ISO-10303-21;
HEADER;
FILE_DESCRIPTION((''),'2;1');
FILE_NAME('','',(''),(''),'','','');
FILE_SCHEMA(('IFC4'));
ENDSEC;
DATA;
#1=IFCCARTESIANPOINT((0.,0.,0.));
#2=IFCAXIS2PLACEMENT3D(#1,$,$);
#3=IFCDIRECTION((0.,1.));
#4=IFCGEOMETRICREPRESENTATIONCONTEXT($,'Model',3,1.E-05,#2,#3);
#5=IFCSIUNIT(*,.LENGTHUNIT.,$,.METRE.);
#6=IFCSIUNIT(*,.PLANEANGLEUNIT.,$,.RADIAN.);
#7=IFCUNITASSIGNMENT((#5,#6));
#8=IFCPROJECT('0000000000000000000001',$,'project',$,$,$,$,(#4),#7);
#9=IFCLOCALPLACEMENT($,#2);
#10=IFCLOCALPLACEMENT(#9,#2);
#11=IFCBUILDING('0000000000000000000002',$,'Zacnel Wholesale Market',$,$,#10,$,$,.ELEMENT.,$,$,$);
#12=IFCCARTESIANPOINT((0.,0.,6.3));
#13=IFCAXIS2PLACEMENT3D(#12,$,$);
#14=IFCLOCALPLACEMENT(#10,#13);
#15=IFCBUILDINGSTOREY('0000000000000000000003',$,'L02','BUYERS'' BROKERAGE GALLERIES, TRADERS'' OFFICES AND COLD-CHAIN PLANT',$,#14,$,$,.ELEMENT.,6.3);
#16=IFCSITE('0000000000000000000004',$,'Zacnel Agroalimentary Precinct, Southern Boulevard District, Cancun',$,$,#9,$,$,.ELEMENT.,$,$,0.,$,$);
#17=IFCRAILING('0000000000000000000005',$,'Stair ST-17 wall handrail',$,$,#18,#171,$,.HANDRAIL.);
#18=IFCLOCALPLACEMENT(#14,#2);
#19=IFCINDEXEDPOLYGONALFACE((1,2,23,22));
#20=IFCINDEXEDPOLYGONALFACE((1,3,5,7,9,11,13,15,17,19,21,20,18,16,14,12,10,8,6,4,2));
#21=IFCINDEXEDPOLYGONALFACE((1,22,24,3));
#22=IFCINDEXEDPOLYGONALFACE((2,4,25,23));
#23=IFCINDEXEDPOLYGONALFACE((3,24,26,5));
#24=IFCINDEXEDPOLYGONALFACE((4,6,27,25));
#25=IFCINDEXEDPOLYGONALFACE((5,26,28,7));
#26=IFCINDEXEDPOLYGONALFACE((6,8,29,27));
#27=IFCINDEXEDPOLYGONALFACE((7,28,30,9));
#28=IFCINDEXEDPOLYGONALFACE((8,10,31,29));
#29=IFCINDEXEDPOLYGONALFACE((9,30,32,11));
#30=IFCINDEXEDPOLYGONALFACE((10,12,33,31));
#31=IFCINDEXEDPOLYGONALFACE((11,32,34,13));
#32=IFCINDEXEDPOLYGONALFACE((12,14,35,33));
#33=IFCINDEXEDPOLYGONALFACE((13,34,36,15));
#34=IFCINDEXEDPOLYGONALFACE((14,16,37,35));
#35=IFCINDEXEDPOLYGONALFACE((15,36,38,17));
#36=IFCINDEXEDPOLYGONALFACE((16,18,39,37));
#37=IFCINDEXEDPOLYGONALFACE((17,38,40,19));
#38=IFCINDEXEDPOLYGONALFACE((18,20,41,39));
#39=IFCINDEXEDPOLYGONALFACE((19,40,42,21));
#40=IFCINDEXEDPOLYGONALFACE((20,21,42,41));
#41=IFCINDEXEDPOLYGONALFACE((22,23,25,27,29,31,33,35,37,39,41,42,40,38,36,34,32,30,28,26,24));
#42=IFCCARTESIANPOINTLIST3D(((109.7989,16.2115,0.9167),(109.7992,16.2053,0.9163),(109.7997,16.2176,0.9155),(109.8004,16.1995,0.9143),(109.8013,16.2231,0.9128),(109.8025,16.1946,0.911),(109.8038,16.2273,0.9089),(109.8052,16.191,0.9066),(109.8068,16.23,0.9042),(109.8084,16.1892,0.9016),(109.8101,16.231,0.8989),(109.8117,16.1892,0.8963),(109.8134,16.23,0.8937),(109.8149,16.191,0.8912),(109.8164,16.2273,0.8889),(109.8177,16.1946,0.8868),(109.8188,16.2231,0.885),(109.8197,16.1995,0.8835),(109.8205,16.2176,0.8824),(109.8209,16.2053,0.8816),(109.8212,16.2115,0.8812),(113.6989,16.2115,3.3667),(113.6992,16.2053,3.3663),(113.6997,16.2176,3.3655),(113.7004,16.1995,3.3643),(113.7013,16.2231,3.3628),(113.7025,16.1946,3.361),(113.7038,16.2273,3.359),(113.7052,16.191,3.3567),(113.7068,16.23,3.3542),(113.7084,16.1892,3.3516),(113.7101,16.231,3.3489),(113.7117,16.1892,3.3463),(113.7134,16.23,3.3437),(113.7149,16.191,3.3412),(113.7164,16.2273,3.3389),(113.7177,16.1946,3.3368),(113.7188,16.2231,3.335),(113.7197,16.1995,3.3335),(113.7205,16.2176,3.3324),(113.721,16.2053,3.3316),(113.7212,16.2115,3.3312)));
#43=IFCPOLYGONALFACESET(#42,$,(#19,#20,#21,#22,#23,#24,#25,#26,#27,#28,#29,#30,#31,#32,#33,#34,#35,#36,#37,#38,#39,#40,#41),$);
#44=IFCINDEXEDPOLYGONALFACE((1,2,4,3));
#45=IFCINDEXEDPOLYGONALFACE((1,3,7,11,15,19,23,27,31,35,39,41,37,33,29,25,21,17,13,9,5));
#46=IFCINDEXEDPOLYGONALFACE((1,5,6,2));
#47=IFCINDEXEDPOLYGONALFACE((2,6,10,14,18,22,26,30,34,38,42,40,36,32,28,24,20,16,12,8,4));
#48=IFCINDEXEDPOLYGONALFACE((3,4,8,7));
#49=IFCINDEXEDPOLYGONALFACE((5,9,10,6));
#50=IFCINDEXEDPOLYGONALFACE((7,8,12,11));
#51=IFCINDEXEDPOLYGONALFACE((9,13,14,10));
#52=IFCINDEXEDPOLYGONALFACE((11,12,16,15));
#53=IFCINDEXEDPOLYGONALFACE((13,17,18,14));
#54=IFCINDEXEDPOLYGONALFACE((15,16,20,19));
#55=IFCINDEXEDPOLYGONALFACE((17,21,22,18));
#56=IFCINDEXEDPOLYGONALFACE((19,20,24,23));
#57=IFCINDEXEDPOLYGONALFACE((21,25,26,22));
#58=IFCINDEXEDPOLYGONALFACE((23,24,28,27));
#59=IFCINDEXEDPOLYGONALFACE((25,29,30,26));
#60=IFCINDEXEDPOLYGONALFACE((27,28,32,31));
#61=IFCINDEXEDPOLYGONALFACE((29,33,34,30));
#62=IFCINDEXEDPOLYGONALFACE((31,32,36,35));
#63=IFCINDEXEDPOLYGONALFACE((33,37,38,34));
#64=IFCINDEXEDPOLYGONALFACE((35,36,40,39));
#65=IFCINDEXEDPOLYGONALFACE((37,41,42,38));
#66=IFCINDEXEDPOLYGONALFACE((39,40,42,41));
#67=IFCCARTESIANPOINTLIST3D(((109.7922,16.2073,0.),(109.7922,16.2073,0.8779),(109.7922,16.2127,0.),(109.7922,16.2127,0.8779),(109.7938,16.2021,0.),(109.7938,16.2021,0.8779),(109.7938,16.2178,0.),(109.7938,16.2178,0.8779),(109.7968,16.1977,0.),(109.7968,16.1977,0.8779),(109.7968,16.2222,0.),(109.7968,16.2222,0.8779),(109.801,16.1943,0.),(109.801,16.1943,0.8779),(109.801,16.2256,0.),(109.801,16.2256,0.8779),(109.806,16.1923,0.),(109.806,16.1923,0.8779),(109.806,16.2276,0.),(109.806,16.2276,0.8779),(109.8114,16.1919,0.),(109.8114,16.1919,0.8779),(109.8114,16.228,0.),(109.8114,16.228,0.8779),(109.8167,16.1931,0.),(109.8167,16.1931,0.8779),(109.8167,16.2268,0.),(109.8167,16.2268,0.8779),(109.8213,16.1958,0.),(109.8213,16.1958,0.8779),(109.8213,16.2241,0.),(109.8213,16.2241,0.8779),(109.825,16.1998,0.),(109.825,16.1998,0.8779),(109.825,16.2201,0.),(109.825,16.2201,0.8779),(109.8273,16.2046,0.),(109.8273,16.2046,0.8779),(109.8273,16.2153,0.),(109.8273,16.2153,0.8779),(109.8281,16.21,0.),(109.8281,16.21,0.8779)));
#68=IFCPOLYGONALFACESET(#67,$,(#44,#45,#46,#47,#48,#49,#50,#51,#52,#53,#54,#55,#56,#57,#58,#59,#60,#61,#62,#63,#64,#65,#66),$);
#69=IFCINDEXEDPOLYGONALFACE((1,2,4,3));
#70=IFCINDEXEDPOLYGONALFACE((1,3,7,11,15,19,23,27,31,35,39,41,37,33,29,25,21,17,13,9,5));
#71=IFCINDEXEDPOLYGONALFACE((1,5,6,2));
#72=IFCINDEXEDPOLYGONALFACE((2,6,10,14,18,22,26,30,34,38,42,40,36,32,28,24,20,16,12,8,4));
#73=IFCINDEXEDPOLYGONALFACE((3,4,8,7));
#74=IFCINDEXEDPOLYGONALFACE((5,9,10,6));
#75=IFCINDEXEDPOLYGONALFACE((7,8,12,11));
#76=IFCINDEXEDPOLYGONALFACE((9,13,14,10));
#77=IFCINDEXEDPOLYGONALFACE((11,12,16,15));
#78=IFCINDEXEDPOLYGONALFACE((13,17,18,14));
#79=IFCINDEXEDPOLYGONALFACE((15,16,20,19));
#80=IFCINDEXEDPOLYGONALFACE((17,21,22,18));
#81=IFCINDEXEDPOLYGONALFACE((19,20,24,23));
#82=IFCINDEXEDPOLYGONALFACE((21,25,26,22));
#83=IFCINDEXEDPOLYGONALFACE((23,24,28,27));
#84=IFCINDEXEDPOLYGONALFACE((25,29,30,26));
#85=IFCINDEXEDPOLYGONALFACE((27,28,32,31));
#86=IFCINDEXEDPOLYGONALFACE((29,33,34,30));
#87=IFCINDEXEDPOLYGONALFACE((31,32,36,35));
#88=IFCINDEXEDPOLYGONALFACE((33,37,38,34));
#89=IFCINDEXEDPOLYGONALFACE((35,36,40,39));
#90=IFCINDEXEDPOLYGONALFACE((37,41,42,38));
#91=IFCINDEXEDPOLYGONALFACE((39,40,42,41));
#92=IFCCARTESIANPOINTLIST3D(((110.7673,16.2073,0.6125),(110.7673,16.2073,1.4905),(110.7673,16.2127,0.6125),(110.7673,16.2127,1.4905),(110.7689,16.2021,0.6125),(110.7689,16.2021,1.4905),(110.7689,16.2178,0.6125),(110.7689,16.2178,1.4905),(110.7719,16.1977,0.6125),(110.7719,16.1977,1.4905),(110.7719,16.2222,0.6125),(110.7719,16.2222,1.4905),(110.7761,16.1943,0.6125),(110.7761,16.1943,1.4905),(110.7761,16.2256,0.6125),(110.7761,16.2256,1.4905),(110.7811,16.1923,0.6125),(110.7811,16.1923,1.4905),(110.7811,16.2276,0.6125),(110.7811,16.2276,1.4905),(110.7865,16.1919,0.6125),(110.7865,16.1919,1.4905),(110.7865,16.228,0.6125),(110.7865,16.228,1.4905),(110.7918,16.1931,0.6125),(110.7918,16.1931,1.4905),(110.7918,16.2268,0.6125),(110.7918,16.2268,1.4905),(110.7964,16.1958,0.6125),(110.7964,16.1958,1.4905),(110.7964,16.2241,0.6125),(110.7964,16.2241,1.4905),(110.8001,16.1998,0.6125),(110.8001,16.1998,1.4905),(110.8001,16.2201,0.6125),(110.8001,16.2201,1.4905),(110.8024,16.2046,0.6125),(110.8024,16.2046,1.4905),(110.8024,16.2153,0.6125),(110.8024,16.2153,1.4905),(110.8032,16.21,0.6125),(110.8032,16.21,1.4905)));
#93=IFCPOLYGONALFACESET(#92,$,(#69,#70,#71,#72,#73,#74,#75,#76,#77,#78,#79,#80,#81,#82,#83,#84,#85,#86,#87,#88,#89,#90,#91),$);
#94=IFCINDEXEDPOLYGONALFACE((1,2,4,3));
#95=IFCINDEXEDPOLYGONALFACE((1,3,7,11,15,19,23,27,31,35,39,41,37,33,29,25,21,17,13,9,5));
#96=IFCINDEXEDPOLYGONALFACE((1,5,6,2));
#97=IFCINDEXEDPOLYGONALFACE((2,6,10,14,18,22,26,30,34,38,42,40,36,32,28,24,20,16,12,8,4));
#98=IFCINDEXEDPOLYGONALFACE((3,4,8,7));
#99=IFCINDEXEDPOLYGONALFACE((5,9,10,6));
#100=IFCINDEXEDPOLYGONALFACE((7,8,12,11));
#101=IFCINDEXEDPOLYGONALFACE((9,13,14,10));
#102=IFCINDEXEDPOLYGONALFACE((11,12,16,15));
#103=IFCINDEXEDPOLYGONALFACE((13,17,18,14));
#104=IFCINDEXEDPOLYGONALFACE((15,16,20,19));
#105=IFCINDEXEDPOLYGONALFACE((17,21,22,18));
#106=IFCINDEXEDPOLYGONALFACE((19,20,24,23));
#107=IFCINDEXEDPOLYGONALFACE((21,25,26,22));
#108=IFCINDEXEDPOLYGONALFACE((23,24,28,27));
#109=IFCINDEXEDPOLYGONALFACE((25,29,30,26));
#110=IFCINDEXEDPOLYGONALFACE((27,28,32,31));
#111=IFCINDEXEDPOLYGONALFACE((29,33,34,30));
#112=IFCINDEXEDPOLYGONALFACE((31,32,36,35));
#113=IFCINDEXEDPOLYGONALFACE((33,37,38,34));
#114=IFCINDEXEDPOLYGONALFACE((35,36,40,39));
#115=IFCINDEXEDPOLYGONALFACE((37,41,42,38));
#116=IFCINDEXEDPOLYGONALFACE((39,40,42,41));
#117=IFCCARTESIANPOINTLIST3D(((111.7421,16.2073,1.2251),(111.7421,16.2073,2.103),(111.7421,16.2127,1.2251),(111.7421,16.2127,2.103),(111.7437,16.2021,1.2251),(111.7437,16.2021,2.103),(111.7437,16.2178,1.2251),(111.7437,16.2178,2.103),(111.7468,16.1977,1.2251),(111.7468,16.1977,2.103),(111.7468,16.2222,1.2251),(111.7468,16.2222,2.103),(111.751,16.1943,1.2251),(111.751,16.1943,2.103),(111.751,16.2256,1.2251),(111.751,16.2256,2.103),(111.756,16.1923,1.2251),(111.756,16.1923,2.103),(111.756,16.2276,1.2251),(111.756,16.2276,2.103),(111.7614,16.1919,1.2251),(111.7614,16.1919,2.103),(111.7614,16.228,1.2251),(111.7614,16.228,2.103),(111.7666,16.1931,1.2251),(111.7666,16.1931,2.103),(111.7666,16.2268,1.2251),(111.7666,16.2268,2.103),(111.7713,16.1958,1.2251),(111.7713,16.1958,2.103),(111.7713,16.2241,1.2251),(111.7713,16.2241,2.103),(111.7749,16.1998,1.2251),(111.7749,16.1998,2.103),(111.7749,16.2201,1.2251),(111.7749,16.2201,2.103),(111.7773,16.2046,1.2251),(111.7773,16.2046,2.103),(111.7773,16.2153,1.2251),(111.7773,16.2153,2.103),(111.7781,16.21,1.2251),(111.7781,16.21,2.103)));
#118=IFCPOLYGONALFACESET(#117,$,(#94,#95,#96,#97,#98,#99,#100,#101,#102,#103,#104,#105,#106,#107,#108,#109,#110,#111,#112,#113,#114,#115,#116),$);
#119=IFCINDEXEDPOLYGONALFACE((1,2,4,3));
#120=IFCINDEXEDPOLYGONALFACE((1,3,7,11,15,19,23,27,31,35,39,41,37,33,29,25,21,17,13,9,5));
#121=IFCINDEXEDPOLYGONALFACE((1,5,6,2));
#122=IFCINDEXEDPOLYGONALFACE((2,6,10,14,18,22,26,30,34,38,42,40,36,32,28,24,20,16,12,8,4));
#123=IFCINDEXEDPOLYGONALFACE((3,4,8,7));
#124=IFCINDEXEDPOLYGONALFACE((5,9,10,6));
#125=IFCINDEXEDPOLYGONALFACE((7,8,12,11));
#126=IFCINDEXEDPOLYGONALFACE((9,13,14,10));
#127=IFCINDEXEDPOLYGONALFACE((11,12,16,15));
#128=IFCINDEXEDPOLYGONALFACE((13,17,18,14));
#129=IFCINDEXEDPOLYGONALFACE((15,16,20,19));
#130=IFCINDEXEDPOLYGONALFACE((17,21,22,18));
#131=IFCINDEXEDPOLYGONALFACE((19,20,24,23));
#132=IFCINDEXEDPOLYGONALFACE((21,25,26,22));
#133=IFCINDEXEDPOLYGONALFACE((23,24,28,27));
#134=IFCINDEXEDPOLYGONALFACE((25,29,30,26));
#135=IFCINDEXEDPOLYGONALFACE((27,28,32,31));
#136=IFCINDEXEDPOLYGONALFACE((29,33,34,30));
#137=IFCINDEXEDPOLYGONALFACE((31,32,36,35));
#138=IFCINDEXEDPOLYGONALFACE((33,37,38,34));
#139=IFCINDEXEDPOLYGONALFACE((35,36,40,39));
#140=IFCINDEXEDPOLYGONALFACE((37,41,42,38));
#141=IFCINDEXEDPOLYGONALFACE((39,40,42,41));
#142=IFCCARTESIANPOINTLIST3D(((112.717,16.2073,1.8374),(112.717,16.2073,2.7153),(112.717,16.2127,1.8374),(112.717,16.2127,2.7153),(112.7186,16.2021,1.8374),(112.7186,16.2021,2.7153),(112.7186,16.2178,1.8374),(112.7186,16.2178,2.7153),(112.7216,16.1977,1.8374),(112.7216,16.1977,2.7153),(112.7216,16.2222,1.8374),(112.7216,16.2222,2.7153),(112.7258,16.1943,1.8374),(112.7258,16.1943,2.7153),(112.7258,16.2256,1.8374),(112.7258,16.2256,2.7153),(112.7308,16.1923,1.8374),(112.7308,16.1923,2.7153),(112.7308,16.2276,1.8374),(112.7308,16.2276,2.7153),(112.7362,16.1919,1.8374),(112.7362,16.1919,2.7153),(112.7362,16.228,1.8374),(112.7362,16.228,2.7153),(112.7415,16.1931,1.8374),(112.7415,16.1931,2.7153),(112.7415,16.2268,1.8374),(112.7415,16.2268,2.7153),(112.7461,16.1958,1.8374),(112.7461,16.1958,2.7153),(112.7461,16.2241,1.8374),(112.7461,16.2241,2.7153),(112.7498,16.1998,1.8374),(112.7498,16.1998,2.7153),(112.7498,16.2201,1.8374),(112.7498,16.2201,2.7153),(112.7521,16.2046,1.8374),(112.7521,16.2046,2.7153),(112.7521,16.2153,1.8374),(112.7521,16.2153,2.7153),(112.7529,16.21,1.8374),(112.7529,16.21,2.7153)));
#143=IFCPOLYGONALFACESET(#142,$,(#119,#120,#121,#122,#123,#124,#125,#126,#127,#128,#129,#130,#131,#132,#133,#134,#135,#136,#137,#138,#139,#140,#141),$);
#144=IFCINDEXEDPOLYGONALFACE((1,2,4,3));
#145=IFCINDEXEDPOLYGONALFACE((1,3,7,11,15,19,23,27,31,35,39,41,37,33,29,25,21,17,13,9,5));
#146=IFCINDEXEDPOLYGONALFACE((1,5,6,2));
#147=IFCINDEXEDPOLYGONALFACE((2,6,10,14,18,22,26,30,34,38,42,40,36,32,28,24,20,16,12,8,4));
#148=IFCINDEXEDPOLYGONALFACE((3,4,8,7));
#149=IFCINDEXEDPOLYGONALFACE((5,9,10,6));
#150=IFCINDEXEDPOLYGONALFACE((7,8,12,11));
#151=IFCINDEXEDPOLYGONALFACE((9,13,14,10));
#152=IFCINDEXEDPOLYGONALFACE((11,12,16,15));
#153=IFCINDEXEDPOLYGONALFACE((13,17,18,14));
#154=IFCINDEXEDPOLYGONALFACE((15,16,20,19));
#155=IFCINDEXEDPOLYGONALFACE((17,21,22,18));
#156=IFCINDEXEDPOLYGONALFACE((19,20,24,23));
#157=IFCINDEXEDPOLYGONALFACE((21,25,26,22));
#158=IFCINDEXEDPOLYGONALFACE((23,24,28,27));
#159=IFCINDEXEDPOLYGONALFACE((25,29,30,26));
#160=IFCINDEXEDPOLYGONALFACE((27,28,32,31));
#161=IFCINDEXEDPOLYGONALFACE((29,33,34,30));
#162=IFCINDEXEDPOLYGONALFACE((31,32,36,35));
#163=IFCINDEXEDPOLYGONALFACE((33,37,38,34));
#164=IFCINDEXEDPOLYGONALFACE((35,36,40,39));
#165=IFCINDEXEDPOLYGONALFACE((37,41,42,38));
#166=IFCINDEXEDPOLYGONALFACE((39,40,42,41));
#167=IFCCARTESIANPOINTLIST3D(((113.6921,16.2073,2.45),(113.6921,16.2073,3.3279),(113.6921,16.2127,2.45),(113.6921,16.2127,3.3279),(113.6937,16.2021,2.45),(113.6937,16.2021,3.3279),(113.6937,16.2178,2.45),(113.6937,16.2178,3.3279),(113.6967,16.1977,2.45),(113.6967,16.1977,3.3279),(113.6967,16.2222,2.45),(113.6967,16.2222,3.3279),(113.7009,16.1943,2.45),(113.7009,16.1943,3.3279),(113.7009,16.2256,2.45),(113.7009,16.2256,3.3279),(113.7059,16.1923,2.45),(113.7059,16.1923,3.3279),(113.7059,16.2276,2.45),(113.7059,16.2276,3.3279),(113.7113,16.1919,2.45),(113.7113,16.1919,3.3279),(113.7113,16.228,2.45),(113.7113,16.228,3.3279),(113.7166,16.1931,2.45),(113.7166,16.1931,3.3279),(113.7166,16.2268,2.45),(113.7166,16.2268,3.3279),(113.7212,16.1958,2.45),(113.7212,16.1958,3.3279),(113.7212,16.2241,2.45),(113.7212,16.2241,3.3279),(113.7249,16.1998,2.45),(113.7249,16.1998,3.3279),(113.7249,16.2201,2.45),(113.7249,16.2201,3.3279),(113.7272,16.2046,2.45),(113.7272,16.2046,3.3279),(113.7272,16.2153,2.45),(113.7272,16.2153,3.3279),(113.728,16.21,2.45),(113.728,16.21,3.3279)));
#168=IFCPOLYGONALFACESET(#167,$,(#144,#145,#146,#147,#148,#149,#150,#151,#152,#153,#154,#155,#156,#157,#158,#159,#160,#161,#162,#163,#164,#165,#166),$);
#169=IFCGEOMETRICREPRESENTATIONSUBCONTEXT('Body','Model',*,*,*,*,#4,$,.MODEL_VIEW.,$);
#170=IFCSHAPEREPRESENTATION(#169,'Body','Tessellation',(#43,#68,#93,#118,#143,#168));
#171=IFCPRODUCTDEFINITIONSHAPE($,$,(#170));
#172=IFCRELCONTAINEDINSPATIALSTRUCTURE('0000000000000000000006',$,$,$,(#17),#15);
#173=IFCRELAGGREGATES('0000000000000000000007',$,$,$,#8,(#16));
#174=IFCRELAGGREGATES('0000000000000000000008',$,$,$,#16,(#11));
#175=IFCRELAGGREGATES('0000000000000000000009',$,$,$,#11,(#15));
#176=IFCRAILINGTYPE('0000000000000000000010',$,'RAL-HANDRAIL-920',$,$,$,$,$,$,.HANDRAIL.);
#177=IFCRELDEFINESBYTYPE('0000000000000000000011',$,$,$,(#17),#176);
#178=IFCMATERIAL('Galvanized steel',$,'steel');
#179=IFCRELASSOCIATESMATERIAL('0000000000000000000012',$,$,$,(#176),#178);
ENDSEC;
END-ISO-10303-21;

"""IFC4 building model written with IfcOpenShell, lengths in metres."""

from ifc_helpers import new_model, si_unit, direction, frame, origin, origin_2d, place, context, subcontext, project, spatial, circle, extrude, material, type_object, element, save


model = new_model("IFC4")

# Units and contexts
model_context = context("Model", 3, precision=1e-05, world=origin(), true_north=direction((0.0, 1.0)))
body_context = subcontext(model_context, "Body", "Model", "MODEL_VIEW")
ifc_project = project(units=[si_unit("LENGTHUNIT", "METRE"), si_unit("PLANEANGLEUNIT", "RADIAN")], contexts=[model_context])

# Site, building, storey
site_placement = place(None, origin())
site = spatial("IfcSite", under=ifc_project, at=site_placement, Name="Zacnel Agroalimentary Precinct, Southern Boulevard District, Cancun", CompositionType="ELEMENT", RefElevation=0.0)
building_placement = place(site_placement, origin())
building = spatial("IfcBuilding", under=site, at=building_placement, Name="Zacnel Wholesale Market", CompositionType="ELEMENT")
storey_placement = place(building_placement, frame((0.0, 0.0, 6.3)))
storey = spatial("IfcBuildingStorey", under=building, at=storey_placement, Name="L02", Description="BUYERS' BROKERAGE GALLERIES, TRADERS' OFFICES AND COLD-CHAIN PLANT", CompositionType="ELEMENT", Elevation=6.3)

# Railing
ifc_material_1 = material(Name="Galvanized steel", Category="steel")
railing_type_1 = type_object("IfcRailingType", Name="RAL-HANDRAIL-920", PredefinedType="HANDRAIL", material=ifc_material_1)
railing_1_placement = place(storey_placement, frame((109.8101, 16.21, 0.0)))
element("IfcRailing", 1, at=railing_1_placement, inside=storey, type_object=railing_type_1, Name="Stair ST-17 wall handrail", PredefinedType="HANDRAIL", context=body_context, shape_type="SweptSolid", body=[
    extrude(circle(Radius=0.021, at=origin_2d()), frame((0.0, 0.0, 0.8989), z_axis=(0.846775, 0.0, 0.531951), x_axis=(0.0, 1.0, 0.0)), (0.0, 0.0, 1.0), 4.6057),
    extrude(circle(Radius=0.0181, at=origin_2d()), origin(), (0.0, 0.0, 1.0), 0.8779),
    extrude(circle(Radius=0.0181, at=origin_2d()), frame((0.9751, 0.0, 0.6125)), (0.0, 0.0, 1.0), 0.8779),
    extrude(circle(Radius=0.0181, at=origin_2d()), frame((1.95, 0.0, 1.2251)), (0.0, 0.0, 1.0), 0.8779),
    extrude(circle(Radius=0.0181, at=origin_2d()), frame((2.9248, 0.0, 1.8374)), (0.0, 0.0, 1.0), 0.8779),
    extrude(circle(Radius=0.0181, at=origin_2d()), frame((3.8999, 0.0, 2.45)), (0.0, 0.0, 1.0), 0.8779),
])

save(model, "model.ifc")
